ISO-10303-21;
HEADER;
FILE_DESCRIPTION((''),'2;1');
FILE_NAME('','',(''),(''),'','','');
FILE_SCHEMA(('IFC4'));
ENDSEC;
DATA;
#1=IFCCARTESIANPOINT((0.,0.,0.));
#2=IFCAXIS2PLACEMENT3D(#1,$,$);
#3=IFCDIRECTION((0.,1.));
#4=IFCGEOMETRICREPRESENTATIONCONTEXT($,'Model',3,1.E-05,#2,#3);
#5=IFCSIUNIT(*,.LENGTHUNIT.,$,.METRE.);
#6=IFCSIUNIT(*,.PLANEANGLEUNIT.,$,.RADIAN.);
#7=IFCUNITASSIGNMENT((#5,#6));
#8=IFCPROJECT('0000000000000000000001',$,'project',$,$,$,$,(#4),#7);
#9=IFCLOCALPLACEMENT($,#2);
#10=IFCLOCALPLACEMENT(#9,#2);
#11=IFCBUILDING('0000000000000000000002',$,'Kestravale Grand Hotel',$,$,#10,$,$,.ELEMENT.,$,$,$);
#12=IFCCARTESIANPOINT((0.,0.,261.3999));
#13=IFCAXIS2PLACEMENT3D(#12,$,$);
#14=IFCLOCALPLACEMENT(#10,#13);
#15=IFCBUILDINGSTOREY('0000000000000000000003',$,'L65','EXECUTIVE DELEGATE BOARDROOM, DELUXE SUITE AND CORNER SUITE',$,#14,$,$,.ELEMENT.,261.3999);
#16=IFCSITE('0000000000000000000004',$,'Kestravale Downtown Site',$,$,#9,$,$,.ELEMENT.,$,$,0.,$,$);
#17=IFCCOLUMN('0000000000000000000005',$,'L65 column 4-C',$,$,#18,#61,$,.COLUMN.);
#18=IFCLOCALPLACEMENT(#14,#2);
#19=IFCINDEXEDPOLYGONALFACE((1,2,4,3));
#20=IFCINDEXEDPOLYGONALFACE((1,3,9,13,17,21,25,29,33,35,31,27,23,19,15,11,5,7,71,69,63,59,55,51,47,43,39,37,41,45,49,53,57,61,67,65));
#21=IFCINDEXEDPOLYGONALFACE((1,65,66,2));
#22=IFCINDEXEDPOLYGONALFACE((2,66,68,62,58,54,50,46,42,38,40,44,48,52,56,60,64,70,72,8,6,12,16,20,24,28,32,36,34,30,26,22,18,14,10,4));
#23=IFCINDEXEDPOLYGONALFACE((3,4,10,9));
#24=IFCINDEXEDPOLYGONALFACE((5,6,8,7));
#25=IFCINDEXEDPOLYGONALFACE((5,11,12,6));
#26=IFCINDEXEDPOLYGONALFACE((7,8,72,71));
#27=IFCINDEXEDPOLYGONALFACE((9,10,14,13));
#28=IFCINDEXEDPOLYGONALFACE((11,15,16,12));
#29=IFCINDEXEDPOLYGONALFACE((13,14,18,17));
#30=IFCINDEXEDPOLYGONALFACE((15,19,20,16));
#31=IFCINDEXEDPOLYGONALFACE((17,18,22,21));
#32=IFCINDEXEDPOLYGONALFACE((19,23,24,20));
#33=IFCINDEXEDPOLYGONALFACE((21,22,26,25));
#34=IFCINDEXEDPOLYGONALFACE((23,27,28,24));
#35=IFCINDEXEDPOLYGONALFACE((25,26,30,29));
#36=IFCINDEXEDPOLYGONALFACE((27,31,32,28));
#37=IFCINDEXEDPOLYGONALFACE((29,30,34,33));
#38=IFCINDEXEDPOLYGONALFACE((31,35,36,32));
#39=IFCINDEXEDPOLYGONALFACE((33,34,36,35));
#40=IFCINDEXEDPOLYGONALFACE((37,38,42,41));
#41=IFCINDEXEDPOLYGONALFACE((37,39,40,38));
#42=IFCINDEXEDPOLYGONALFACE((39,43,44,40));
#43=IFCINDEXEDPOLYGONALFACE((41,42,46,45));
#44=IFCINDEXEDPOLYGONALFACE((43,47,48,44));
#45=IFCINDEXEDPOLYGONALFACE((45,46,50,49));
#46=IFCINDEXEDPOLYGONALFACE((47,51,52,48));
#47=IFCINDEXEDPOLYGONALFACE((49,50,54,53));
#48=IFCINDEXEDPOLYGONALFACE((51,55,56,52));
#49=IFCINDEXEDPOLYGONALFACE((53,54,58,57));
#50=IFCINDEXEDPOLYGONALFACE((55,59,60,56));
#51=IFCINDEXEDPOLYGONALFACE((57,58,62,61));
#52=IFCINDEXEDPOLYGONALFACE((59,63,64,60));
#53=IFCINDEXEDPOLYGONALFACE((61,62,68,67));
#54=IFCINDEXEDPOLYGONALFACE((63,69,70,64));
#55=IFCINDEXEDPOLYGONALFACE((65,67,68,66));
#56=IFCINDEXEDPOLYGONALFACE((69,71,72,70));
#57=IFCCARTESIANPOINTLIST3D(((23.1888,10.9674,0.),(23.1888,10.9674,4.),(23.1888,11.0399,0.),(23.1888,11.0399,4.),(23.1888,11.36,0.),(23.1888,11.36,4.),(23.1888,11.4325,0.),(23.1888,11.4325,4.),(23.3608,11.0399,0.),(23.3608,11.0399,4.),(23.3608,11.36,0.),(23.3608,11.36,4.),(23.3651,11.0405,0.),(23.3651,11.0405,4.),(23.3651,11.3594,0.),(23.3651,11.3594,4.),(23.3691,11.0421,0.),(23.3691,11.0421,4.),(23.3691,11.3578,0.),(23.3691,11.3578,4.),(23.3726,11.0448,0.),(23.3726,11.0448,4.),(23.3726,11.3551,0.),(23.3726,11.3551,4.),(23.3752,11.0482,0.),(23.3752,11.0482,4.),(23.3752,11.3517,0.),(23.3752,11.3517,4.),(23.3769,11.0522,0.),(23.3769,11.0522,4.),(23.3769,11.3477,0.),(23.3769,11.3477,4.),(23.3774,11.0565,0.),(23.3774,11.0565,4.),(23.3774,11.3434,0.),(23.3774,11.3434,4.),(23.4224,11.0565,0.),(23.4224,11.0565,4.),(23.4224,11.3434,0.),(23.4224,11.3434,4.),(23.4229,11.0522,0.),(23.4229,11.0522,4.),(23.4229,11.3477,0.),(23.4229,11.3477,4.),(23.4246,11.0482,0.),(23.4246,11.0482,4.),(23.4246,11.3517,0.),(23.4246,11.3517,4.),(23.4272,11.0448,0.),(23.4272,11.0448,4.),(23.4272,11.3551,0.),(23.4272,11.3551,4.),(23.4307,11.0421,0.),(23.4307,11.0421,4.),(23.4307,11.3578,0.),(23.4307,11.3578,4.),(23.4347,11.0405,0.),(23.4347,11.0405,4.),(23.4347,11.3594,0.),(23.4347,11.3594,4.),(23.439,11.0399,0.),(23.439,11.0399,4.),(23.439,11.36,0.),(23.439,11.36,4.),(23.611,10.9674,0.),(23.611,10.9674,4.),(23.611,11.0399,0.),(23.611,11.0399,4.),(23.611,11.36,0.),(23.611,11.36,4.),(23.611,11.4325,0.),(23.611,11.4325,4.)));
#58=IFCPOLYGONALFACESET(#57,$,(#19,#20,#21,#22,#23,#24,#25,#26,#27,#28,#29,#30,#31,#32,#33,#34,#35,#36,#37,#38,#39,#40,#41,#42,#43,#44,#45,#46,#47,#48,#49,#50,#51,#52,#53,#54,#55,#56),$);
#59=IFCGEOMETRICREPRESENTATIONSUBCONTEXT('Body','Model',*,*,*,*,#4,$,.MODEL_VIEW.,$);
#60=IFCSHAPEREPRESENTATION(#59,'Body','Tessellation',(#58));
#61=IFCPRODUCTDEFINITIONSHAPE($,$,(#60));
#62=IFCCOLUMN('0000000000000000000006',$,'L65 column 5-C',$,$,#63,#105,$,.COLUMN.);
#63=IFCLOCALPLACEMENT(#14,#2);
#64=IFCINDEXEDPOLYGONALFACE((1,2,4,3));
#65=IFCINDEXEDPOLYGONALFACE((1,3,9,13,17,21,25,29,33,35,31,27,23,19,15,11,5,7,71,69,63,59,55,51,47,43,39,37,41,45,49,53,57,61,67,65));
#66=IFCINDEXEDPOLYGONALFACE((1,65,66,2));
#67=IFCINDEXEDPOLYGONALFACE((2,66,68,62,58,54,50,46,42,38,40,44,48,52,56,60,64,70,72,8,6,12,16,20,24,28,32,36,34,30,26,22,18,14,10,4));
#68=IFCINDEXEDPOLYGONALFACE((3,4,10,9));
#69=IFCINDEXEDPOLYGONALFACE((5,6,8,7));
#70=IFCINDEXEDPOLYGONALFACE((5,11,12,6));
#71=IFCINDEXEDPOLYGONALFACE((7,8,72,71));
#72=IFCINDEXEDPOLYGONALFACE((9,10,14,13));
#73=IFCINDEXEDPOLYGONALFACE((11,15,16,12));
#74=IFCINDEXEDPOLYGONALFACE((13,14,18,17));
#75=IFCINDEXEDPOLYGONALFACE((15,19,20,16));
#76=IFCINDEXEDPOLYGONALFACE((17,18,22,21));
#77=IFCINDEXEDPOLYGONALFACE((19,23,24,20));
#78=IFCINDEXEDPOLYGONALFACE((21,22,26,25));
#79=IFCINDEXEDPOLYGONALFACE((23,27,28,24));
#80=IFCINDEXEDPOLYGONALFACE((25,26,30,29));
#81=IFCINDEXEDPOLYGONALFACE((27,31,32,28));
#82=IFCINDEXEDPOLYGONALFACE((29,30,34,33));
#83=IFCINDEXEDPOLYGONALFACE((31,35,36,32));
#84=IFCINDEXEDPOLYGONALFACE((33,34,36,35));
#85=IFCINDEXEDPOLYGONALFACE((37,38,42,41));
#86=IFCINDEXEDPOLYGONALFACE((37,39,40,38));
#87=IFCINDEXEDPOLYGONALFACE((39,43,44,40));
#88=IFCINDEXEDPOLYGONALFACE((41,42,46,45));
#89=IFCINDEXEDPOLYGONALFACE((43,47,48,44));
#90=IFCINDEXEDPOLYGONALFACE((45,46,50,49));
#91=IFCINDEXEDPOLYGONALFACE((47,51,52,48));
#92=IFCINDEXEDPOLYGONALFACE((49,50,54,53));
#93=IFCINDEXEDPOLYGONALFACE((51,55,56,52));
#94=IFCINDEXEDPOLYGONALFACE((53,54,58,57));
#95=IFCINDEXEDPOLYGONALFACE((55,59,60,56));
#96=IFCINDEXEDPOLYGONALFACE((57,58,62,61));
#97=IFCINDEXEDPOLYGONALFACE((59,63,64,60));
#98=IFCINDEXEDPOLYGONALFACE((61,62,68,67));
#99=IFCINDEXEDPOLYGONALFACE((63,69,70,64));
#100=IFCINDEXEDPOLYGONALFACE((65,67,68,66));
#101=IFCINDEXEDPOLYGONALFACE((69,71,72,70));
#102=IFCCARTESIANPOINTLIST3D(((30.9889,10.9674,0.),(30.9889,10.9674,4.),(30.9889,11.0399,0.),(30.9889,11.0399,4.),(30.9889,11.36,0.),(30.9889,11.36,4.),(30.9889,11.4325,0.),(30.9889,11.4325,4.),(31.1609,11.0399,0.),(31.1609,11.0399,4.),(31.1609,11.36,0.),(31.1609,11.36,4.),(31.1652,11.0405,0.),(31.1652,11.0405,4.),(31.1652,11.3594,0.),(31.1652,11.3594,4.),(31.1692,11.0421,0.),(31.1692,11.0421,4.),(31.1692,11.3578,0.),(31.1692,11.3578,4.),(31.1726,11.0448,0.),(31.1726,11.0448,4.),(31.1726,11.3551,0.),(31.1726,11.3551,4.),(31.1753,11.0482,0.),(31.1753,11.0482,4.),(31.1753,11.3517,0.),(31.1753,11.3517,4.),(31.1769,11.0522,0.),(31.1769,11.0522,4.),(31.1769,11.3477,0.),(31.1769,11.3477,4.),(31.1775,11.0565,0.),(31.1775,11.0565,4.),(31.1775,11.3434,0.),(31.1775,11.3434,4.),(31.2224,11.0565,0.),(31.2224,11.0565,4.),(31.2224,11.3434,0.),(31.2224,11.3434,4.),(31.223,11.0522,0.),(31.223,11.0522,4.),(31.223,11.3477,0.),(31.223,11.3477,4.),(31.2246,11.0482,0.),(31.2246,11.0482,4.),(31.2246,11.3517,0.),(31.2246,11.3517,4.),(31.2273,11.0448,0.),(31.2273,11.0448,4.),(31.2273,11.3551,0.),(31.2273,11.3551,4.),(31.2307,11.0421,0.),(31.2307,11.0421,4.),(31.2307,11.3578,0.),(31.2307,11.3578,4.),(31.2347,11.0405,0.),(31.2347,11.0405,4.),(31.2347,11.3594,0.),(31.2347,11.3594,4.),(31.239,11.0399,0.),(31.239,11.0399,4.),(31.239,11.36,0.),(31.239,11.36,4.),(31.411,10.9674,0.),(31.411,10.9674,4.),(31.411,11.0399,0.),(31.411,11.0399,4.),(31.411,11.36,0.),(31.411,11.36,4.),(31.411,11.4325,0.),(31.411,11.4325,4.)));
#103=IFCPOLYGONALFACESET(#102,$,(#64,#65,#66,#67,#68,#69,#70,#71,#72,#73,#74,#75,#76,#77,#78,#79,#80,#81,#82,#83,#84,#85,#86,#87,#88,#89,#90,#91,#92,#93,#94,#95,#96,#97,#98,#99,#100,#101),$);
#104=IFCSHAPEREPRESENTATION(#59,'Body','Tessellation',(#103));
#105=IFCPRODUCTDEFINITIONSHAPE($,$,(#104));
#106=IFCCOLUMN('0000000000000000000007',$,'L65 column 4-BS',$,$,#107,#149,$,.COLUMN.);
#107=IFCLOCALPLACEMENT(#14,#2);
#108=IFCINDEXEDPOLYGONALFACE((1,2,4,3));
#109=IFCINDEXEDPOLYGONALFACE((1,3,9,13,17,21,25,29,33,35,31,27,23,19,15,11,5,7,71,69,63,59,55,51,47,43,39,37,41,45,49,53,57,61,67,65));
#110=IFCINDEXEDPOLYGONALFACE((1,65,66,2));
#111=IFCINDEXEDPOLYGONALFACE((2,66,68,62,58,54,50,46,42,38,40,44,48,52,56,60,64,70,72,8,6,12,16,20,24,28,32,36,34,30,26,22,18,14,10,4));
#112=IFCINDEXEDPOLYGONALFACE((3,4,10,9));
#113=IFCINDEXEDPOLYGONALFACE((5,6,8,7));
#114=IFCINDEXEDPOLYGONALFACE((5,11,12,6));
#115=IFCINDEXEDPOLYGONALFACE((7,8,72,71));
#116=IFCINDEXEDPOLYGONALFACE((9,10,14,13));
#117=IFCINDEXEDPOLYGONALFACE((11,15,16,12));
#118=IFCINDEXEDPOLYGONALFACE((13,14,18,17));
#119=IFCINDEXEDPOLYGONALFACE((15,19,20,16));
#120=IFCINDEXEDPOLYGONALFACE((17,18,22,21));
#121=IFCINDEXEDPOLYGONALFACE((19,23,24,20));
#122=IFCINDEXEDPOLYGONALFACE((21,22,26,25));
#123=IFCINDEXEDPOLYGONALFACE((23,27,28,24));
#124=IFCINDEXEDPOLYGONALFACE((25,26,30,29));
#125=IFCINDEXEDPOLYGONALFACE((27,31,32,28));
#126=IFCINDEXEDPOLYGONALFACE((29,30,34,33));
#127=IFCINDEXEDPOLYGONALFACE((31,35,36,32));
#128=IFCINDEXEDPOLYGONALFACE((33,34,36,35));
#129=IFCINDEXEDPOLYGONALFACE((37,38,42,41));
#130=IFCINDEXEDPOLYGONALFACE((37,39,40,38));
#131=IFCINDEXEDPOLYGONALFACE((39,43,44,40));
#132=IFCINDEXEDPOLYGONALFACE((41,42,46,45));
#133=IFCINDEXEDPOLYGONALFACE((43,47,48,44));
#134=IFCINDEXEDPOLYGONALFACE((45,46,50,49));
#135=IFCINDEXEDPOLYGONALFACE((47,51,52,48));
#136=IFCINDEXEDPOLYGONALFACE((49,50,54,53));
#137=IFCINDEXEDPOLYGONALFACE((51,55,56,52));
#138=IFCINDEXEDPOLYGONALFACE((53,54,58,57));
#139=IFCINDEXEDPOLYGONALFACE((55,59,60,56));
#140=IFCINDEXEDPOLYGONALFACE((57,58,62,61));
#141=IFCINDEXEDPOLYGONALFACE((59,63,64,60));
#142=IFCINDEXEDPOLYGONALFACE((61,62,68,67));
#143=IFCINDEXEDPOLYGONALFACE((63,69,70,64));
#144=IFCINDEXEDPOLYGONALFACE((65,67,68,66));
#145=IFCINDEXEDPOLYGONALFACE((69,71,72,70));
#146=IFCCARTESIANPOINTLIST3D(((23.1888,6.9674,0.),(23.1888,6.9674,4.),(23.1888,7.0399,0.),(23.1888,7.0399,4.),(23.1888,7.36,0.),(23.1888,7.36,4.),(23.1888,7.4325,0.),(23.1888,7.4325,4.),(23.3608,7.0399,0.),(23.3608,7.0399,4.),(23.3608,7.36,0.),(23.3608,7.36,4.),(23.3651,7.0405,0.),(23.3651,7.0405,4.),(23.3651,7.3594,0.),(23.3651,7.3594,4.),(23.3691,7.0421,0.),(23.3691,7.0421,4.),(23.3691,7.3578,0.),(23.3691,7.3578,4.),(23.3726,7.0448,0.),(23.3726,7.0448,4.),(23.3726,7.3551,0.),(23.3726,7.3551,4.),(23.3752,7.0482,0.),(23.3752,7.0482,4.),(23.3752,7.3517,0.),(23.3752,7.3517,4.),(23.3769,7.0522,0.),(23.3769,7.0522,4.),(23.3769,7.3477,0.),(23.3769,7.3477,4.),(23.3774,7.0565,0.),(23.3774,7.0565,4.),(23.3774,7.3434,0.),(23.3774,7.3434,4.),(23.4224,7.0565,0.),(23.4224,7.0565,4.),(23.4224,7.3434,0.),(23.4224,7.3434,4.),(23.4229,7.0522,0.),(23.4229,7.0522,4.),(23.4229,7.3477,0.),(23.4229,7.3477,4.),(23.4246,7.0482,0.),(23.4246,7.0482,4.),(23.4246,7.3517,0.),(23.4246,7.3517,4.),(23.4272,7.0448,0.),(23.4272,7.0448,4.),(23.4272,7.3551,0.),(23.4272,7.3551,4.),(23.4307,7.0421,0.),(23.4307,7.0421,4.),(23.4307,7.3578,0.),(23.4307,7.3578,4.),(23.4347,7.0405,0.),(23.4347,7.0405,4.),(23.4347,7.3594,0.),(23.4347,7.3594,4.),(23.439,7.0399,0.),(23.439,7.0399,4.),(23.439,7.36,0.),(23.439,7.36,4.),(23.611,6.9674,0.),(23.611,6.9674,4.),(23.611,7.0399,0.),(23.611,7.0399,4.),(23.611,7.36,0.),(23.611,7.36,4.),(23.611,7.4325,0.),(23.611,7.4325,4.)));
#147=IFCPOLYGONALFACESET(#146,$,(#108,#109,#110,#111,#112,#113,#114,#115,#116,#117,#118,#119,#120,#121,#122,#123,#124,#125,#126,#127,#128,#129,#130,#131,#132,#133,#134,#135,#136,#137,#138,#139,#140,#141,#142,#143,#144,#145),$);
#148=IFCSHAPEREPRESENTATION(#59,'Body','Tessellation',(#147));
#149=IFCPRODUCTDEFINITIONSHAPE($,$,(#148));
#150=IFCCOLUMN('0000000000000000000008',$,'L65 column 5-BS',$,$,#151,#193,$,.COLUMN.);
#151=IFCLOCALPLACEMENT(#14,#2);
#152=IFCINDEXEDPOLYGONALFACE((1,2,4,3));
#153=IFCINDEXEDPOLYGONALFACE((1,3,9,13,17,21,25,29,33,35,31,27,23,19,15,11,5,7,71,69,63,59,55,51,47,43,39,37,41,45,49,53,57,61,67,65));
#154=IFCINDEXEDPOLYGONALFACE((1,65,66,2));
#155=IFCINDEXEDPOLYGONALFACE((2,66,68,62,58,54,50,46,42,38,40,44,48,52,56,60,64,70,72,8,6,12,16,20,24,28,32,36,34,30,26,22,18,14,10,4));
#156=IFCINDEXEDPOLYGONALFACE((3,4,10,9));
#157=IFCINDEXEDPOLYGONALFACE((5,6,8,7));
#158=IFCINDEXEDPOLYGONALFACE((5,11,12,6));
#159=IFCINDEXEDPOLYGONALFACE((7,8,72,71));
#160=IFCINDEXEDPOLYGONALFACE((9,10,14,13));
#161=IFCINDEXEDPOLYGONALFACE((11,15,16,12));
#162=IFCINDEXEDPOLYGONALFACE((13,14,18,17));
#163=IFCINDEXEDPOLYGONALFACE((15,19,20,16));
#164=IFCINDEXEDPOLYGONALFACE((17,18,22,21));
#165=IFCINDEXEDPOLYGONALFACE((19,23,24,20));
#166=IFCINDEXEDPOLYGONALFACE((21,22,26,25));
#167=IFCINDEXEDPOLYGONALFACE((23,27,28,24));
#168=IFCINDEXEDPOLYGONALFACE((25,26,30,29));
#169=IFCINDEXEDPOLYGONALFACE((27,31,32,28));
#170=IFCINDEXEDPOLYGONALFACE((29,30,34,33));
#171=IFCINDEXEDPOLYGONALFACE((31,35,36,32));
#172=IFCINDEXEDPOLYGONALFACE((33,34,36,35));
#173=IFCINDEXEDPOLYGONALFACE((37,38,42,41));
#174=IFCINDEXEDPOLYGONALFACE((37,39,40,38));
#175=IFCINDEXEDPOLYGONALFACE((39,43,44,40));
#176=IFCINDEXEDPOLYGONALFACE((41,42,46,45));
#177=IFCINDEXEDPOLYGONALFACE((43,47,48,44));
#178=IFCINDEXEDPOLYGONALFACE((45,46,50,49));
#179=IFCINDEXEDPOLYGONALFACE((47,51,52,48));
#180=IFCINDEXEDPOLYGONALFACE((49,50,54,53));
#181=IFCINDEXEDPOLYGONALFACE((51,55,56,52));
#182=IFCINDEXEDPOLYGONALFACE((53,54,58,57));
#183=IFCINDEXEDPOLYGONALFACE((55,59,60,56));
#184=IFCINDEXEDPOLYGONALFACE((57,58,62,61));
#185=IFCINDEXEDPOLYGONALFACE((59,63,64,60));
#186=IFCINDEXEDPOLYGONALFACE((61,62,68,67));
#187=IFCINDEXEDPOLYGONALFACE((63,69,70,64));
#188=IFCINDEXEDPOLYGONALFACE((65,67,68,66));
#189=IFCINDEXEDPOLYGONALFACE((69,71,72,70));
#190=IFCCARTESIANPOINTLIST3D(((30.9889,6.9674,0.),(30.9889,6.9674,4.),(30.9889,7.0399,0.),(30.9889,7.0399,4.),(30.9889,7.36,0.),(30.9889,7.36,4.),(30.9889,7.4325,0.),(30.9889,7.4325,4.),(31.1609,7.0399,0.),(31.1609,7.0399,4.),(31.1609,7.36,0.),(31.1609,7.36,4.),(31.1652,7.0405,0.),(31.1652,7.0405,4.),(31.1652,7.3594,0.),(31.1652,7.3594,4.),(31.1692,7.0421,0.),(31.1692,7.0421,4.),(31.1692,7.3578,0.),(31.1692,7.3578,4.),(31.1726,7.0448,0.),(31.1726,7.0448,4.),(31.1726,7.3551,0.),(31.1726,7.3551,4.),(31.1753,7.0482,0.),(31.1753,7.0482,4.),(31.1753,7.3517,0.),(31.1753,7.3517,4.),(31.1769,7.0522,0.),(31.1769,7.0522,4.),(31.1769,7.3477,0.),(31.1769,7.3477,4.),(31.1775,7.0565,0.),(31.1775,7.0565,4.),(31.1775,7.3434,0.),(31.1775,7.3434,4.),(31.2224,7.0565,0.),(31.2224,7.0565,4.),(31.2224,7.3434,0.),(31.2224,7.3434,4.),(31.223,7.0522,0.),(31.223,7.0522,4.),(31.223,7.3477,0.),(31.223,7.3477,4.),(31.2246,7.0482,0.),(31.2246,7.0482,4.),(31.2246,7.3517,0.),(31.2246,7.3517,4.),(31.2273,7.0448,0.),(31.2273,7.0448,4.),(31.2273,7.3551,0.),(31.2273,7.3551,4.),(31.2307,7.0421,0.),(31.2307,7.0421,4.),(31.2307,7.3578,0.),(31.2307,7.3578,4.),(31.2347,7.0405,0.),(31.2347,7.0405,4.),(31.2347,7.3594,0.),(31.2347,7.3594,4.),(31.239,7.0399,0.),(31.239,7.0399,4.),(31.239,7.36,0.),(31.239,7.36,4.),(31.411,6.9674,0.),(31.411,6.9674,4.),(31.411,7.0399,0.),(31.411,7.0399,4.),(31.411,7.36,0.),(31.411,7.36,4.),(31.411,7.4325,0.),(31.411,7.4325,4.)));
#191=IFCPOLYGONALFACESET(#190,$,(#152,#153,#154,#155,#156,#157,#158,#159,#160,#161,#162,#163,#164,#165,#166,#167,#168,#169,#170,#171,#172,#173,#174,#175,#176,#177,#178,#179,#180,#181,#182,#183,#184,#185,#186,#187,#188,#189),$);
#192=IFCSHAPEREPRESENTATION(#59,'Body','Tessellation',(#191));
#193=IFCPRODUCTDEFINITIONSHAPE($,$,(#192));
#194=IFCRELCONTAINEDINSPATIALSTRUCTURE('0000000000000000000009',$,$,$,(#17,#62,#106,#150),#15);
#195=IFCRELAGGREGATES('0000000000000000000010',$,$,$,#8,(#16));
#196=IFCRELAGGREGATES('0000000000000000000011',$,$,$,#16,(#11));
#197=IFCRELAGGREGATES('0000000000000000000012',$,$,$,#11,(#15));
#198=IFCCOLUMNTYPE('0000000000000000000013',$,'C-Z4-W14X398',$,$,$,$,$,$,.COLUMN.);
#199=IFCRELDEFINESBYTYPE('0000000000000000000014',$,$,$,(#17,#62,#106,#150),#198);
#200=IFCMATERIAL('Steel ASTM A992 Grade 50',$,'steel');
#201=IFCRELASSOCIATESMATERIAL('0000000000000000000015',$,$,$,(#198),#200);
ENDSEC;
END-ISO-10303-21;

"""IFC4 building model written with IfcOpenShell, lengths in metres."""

from ifc_helpers import new_model, si_unit, direction, frame, origin, origin_2d, place, context, subcontext, project, spatial, i_section, extrude, material, material_profile, profile_set, type_object, element, save


model = new_model("IFC4")

# Units and contexts
model_context = context("Model", 3, precision=1e-05, world=origin(), true_north=direction((0.0, 1.0)))
body_context = subcontext(model_context, "Body", "Model", "MODEL_VIEW")
ifc_project = project(units=[si_unit("LENGTHUNIT", "METRE"), si_unit("PLANEANGLEUNIT", "RADIAN")], contexts=[model_context])

# Site, building, storey
site_placement = place(None, origin())
site = spatial("IfcSite", under=ifc_project, at=site_placement, Name="Kestravale Downtown Site", CompositionType="ELEMENT", RefElevation=0.0)
building_placement = place(site_placement, origin())
building = spatial("IfcBuilding", under=site, at=building_placement, Name="Kestravale Grand Hotel", CompositionType="ELEMENT")
storey_placement = place(building_placement, frame((0.0, 0.0, 261.3999)))
storey = spatial("IfcBuildingStorey", under=building, at=storey_placement, Name="L65", Description="EXECUTIVE DELEGATE BOARDROOM, DELUXE SUITE AND CORNER SUITE", CompositionType="ELEMENT", Elevation=261.3999)

# Columns
ifc_material_1 = material(Name="Steel ASTM A992 Grade 50", Category="steel")
ifc_material_profile_1 = material_profile(ifc_material_1, i_section(OverallWidth=0.4221, OverallDepth=0.4651, WebThickness=0.0449, FlangeThickness=0.0725, FilletRadius=0.0166, at=origin_2d()))
ifc_profile_set_1 = profile_set([ifc_material_profile_1], Name="Steel ASTM A992 Grade 50")
column_type = type_object("IfcColumnType", Name="C-Z4-W14X398", PredefinedType="COLUMN", material=ifc_profile_set_1)
for number, where, z_axis, x_axis, name in (
    (1, (23.3999, 11.2, 0.0), (0.0, 0.0, 1.0), (1.0, 0.0, 0.0), "L65 column 4-C"),
    (2, (31.2, 11.2, 0.0), (0.0, 0.0, 1.0), (1.0, 0.0, 0.0), "L65 column 5-C"),
    (3, (23.3999, 7.2, 0.0), (0.0, 0.0, 1.0), (1.0, 0.0, 0.0), "L65 column 4-BS"),
    (4, (31.2, 7.2, 0.0), (0.0, 0.0, 1.0), (1.0, 0.0, 0.0), "L65 column 5-BS"),
):
    element("IfcColumn", number, at=place(storey_placement, frame(where, z_axis=z_axis, x_axis=x_axis)), inside=storey, type_object=column_type, Name=name, PredefinedType="COLUMN", context=body_context, shape_type="SweptSolid", body=[
        extrude(i_section(OverallWidth=0.4221, OverallDepth=0.4651, WebThickness=0.0449, FlangeThickness=0.0725, FilletRadius=0.0166, at=origin_2d()), origin(), (0.0, 0.0, 1.0), 4.0),
    ])

save(model, "model.ifc")
